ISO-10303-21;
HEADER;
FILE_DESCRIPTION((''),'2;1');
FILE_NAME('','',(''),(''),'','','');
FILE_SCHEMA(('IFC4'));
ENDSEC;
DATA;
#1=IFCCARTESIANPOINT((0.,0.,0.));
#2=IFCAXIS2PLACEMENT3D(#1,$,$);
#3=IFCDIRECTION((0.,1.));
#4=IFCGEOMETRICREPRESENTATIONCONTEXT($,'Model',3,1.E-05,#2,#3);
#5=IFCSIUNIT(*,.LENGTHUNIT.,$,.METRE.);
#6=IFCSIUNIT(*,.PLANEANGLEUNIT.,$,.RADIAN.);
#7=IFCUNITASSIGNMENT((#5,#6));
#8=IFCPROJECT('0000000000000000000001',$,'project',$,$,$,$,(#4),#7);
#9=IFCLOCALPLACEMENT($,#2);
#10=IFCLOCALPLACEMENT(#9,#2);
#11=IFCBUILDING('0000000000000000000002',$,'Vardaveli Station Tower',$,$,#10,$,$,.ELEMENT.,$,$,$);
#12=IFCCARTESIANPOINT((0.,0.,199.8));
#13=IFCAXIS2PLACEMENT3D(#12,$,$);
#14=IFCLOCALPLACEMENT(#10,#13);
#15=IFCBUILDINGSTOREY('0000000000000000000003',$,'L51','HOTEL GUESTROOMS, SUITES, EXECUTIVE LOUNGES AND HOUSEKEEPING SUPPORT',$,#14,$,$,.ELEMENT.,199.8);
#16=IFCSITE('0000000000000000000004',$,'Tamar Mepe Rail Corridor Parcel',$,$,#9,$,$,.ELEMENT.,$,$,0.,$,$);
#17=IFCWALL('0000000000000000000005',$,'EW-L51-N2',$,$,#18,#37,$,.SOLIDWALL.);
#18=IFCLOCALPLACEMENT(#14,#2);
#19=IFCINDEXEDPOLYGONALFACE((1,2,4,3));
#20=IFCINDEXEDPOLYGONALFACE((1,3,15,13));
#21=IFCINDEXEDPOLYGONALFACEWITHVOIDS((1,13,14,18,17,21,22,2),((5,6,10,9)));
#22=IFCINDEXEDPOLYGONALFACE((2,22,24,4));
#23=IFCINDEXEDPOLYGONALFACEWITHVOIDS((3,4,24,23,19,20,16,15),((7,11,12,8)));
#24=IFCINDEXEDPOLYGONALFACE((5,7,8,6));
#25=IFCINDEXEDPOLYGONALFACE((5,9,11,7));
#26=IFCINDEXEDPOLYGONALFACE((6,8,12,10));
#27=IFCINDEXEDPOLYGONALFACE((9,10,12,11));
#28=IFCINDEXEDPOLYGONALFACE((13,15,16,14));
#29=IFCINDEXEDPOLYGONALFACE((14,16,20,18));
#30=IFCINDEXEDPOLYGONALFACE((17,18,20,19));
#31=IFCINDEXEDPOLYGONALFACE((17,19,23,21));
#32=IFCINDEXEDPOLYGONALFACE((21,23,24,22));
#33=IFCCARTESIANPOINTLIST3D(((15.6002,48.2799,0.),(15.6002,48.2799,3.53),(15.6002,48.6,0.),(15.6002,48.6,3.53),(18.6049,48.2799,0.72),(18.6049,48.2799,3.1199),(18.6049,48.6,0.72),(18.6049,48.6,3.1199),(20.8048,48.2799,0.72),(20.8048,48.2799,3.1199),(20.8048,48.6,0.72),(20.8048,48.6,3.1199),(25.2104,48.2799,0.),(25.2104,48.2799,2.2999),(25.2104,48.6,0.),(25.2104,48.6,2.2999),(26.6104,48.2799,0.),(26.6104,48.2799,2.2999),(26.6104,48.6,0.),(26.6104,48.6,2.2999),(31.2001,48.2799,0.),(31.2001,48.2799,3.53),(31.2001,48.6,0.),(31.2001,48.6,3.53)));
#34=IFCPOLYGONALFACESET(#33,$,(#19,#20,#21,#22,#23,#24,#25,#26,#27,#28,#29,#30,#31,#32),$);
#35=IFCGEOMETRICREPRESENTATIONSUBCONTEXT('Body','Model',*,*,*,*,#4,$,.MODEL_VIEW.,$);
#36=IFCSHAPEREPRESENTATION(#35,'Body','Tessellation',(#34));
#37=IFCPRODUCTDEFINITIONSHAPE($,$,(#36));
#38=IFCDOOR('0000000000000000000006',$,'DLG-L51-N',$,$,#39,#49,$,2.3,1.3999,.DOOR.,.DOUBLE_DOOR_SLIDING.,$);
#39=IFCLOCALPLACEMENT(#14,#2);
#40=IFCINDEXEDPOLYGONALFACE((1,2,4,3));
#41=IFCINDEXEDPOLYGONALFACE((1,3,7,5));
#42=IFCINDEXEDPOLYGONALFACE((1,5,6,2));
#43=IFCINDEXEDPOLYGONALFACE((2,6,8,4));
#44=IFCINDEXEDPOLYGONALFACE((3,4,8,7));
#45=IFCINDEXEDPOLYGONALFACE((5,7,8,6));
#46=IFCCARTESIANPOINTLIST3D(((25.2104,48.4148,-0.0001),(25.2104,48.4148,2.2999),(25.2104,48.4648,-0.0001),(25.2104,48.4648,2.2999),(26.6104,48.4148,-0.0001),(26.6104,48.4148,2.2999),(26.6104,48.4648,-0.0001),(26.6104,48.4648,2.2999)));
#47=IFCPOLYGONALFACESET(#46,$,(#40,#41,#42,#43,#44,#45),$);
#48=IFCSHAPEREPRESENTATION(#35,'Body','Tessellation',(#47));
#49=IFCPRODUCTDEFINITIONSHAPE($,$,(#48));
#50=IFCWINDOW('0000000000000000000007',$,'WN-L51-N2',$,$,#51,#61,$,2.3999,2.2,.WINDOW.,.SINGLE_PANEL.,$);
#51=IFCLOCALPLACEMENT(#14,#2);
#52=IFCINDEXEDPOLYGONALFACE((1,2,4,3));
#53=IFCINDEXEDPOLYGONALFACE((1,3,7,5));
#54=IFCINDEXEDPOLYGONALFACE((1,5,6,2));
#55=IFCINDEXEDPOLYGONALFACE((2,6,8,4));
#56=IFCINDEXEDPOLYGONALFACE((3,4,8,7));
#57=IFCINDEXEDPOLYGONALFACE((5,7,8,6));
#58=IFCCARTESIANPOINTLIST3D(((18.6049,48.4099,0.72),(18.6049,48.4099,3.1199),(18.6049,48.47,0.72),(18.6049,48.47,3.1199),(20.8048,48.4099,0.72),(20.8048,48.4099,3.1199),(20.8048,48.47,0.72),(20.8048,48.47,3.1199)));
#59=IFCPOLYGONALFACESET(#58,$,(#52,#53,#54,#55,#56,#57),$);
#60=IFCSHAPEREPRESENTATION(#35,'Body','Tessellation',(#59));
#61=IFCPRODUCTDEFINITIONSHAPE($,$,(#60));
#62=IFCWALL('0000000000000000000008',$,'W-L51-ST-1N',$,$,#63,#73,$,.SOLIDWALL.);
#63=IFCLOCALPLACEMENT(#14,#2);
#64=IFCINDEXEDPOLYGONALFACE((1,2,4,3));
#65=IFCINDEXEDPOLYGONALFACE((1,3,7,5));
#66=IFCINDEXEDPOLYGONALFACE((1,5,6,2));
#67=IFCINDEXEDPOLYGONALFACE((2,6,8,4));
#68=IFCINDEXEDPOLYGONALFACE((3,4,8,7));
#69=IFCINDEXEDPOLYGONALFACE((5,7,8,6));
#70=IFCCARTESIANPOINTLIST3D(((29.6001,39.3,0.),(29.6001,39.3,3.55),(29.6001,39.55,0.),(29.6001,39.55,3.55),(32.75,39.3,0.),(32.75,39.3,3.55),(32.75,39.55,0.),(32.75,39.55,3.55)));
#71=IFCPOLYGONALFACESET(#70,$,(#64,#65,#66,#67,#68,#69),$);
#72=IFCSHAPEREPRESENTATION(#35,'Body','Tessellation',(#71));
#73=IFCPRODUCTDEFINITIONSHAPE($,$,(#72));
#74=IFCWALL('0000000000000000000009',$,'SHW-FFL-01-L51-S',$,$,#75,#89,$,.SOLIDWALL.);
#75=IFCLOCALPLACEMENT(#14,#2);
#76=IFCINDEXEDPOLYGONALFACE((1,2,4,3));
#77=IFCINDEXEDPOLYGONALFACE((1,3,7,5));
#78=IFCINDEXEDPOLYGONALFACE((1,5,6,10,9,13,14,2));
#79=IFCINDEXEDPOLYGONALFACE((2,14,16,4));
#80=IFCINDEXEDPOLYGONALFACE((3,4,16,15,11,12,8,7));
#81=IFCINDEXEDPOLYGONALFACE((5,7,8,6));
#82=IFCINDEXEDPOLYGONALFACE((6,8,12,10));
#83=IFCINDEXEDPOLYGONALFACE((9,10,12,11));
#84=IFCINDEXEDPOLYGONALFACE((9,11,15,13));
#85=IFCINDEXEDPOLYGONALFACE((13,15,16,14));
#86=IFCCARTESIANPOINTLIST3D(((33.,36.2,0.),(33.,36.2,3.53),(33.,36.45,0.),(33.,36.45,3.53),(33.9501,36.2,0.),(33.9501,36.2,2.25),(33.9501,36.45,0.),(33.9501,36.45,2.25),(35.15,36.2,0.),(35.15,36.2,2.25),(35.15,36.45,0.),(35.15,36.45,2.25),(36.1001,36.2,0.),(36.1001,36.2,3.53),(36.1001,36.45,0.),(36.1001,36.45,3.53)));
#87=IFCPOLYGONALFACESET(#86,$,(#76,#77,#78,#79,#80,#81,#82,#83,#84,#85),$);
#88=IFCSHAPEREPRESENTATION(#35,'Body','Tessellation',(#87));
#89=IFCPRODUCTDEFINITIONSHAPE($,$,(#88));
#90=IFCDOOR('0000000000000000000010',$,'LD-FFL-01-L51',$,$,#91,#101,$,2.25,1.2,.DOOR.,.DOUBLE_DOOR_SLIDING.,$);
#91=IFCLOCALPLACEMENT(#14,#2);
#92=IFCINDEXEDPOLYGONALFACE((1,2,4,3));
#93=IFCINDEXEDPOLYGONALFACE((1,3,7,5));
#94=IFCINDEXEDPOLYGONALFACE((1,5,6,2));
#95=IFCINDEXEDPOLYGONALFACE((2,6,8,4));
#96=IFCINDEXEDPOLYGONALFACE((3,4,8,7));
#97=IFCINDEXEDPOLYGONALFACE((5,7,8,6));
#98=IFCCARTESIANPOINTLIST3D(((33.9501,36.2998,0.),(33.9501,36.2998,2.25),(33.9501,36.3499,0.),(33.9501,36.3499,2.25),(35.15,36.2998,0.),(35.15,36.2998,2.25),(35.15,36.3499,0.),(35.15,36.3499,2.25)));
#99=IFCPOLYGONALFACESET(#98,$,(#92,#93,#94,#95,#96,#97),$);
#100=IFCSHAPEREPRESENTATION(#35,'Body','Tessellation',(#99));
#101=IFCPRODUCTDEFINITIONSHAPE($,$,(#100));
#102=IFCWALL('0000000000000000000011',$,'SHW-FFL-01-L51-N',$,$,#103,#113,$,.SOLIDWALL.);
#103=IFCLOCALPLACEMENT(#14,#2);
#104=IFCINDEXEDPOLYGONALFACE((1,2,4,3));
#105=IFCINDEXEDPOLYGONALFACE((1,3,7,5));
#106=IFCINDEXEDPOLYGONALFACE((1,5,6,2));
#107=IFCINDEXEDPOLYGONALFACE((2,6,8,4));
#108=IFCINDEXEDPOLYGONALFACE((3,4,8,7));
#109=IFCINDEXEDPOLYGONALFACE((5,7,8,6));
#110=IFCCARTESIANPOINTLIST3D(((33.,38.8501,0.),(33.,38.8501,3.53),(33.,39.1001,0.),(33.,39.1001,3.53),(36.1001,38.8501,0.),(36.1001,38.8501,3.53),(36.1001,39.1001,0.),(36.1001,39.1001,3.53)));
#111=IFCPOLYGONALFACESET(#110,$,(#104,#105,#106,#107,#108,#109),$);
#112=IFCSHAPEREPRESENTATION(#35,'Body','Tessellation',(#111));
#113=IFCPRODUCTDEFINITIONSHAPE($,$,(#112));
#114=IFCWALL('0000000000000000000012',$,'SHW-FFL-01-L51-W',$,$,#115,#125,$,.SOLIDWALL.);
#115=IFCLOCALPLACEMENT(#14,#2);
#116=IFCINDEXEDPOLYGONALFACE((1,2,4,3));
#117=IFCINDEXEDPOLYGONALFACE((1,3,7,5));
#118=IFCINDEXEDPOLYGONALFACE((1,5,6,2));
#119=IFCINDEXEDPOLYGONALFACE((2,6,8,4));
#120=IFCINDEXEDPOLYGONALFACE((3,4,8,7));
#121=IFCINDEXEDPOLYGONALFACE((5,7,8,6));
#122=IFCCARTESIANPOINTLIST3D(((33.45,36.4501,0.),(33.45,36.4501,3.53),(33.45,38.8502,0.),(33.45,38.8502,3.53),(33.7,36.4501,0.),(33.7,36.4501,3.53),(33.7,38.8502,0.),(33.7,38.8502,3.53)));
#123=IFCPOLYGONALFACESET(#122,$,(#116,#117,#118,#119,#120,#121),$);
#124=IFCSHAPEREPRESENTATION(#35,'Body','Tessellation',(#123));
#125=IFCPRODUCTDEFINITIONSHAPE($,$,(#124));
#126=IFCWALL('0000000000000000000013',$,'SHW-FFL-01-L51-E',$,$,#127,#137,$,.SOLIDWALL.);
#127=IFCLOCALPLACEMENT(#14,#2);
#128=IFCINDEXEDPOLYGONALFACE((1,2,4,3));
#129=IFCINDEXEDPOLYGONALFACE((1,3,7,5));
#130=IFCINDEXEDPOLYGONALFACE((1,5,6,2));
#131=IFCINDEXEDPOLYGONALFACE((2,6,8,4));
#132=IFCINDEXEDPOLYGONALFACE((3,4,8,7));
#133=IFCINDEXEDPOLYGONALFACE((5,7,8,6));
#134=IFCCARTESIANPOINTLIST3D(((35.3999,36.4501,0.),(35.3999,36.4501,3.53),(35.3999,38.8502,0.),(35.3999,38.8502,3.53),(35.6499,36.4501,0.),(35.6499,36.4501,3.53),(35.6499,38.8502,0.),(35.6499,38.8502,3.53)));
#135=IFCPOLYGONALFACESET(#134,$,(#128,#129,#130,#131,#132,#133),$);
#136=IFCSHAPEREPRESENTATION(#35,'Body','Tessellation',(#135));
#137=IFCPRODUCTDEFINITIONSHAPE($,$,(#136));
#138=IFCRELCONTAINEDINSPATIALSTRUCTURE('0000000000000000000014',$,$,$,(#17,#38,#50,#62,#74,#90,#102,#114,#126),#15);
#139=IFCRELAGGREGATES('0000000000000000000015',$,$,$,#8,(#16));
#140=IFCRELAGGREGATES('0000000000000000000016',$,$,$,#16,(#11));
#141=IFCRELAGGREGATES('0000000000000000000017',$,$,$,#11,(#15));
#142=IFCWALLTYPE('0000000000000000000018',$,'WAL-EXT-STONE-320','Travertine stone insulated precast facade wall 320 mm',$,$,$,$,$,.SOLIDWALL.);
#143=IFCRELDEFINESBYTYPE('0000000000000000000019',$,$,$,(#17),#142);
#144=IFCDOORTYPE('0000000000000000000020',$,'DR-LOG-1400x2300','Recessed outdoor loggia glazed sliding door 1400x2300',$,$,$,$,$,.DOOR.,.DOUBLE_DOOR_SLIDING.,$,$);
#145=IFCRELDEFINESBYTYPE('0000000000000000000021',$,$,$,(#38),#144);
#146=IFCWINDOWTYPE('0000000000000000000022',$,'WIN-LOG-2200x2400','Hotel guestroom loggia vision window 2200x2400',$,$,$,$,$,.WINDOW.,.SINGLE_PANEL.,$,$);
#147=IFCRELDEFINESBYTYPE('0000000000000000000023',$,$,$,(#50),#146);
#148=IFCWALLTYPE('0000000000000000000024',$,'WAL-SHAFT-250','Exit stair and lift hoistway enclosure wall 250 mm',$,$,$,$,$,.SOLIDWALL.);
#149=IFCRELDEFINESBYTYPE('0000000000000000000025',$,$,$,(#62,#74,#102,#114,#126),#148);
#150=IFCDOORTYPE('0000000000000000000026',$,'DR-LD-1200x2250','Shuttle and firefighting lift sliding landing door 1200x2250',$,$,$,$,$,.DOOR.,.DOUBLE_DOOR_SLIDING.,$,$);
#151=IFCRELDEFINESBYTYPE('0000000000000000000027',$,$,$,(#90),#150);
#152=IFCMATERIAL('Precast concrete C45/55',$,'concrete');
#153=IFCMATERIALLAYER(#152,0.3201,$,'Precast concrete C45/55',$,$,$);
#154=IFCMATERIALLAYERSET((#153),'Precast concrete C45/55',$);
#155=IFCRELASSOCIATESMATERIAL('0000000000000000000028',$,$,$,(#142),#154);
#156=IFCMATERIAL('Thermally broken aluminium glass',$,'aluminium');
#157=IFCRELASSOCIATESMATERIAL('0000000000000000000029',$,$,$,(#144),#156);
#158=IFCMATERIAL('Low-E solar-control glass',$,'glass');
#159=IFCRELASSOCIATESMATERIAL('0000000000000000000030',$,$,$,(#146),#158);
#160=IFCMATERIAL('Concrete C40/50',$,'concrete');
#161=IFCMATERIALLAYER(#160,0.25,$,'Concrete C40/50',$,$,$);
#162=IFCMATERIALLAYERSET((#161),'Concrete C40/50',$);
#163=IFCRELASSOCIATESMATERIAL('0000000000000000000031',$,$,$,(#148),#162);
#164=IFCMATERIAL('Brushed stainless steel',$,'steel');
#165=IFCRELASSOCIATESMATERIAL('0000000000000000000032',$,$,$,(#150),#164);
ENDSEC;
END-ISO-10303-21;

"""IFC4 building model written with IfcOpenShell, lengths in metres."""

from ifc_helpers import new_model, si_unit, direction, frame, frame_2d, origin, place, context, subcontext, project, spatial, rectangle, extrude, source, transform, mapped, material, layer, layer_set, type_object, element, fill, save


model = new_model("IFC4")

# Units and contexts
model_context = context("Model", 3, precision=1e-05, world=origin(), true_north=direction((0.0, 1.0)))
body_context = subcontext(model_context, "Body", "Model", "MODEL_VIEW")
ifc_project = project(units=[si_unit("LENGTHUNIT", "METRE"), si_unit("PLANEANGLEUNIT", "RADIAN")], contexts=[model_context])

# Site, building, storey
site_placement = place(None, origin())
site = spatial("IfcSite", under=ifc_project, at=site_placement, Name="Tamar Mepe Rail Corridor Parcel", CompositionType="ELEMENT", RefElevation=0.0)
building_placement = place(site_placement, origin())
building = spatial("IfcBuilding", under=site, at=building_placement, Name="Vardaveli Station Tower", CompositionType="ELEMENT")
storey_placement = place(building_placement, frame((0.0, 0.0, 199.8)))
storey = spatial("IfcBuildingStorey", under=building, at=storey_placement, Name="L51", Description="HOTEL GUESTROOMS, SUITES, EXECUTIVE LOUNGES AND HOUSEKEEPING SUPPORT", CompositionType="ELEMENT", Elevation=199.8)

# Shared definitions
ifc_material_1 = material(Name="Precast concrete C45/55", Category="concrete")

# Wall, openings, door, window
ifc_layer_1 = layer(ifc_material_1, 0.3201, Name="Precast concrete C45/55")
ifc_layer_set_1 = layer_set([ifc_layer_1], Name="Precast concrete C45/55")
wall_type_1 = type_object("IfcWallType", Name="WAL-EXT-STONE-320", Description="Travertine stone insulated precast facade wall 320 mm", PredefinedType="SOLIDWALL", material=ifc_layer_set_1)
shared_shape_1 = source(origin(), body_context, "Body", "SweptSolid", [
    extrude(rectangle(XDim=15.5999, YDim=0.3201, at=frame_2d((7.7998, 0.0))), origin(), (0.0, 0.0, 1.0), 3.53),
])
wall_1_placement = place(storey_placement, frame((31.2, 48.4399, 0.0), z_axis=(0.0, 0.0, 1.0), x_axis=(-1.0, 0.0, 0.0)))
wall_1 = element("IfcWall", 1, at=wall_1_placement, inside=storey, type_object=wall_type_1, Name="EW-L51-N2", PredefinedType="SOLIDWALL", context=body_context, shape_type="MappedRepresentation", body=[
    mapped(shared_shape_1, transform((0.0, 0.0, 0.0), scale=1.0)),
])
shared_shape_2 = source(origin(), body_context, "Body", "SweptSolid", [
    extrude(rectangle(XDim=1.3999, YDim=2.3, at=frame_2d((0.7, 1.1499))), frame((0.0, 0.1699, 0.0), z_axis=(0.0, -1.0, 0.0), x_axis=(1.0, 0.0, 0.0)), (0.0, 0.0, 1.0), 0.3401),
])
opening_1_placement = place(wall_1_placement, frame((4.5896, 0.0, 0.0)))
opening_1 = element("IfcOpeningElement", 2, at=opening_1_placement, cuts=wall_1, PredefinedType="OPENING", context=body_context, shape_type="MappedRepresentation", body=[
    mapped(shared_shape_2, transform((0.0, 0.0, 0.0), scale=1.0)),
])
shared_shape_3 = source(origin(), body_context, "Body", "SweptSolid", [
    extrude(rectangle(XDim=2.2, YDim=2.3999, at=frame_2d((1.1001, 1.2))), frame((0.0, 0.1699, 0.0), z_axis=(0.0, -1.0, 0.0), x_axis=(1.0, 0.0, 0.0)), (0.0, 0.0, 1.0), 0.3401),
])
opening_2_placement = place(wall_1_placement, frame((10.395, 0.0, 0.72)))
opening_2 = element("IfcOpeningElement", 3, at=opening_2_placement, cuts=wall_1, PredefinedType="OPENING", context=body_context, shape_type="MappedRepresentation", body=[
    mapped(shared_shape_3, transform((0.0, 0.0, 0.0), scale=1.0)),
])
ifc_material_2 = material(Name="Thermally broken aluminium glass", Category="aluminium")
door_type_1 = type_object("IfcDoorType", Name="DR-LOG-1400x2300", Description="Recessed outdoor loggia glazed sliding door 1400x2300", OperationType="DOUBLE_DOOR_SLIDING", PredefinedType="DOOR", material=ifc_material_2)
shared_shape_4 = source(origin(), body_context, "Body", "SweptSolid", [
    extrude(rectangle(XDim=1.3999, YDim=2.3, at=frame_2d((0.7, 1.1499))), frame((0.0, 0.0249, 0.0), z_axis=(0.0, -1.0, 0.0), x_axis=(1.0, 0.0, 0.0)), (0.0, 0.0, 1.0), 0.05),
])
door_1_placement = place(opening_1_placement, frame((1.3999, 0.0, 0.0), z_axis=(0.0, 0.0, 1.0), x_axis=(-1.0, 0.0, 0.0)))
door_1 = element("IfcDoor", 4, at=door_1_placement, inside=storey, type_object=door_type_1, Name="DLG-L51-N", OperationType="DOUBLE_DOOR_SLIDING", OverallHeight=2.3, OverallWidth=1.3999, PredefinedType="DOOR", context=body_context, shape_type="MappedRepresentation", body=[
    mapped(shared_shape_4, transform((0.0, 0.0, 0.0), scale=1.0)),
])
fill(opening_1, door_1)
ifc_material_3 = material(Name="Low-E solar-control glass", Category="glass")
window_type = type_object("IfcWindowType", Name="WIN-LOG-2200x2400", Description="Hotel guestroom loggia vision window 2200x2400", PartitioningType="SINGLE_PANEL", PredefinedType="WINDOW", material=ifc_material_3)
shared_shape_5 = source(origin(), body_context, "Body", "SweptSolid", [
    extrude(rectangle(XDim=2.2, YDim=2.3999, at=frame_2d((1.1001, 1.2))), frame((0.0, 0.03, 0.0), z_axis=(0.0, -1.0, 0.0), x_axis=(1.0, 0.0, 0.0)), (0.0, 0.0, 1.0), 0.0601),
])
window_placement = place(opening_2_placement, origin())
window = element("IfcWindow", 5, at=window_placement, inside=storey, type_object=window_type, Name="WN-L51-N2", OverallHeight=2.3999, OverallWidth=2.2, PartitioningType="SINGLE_PANEL", PredefinedType="WINDOW", context=body_context, shape_type="MappedRepresentation", body=[
    mapped(shared_shape_5, transform((0.0, 0.0, 0.0), scale=1.0)),
])
fill(opening_2, window)

# Wall
ifc_material_4 = material(Name="Concrete C40/50", Category="concrete")
ifc_layer_2 = layer(ifc_material_4, 0.25, Name="Concrete C40/50")
ifc_layer_set_2 = layer_set([ifc_layer_2], Name="Concrete C40/50")
wall_type_2 = type_object("IfcWallType", Name="WAL-SHAFT-250", Description="Exit stair and lift hoistway enclosure wall 250 mm", PredefinedType="SOLIDWALL", material=ifc_layer_set_2)
shared_shape_6 = source(origin(), body_context, "Body", "SweptSolid", [
    extrude(rectangle(XDim=3.1499, YDim=0.25, at=frame_2d((1.575, 0.0))), origin(), (0.0, 0.0, 1.0), 3.55),
])
wall_2_placement = place(storey_placement, frame((29.6001, 39.425, 0.0), z_axis=(0.0, 0.0, 1.0), x_axis=(1.0, 0.0, 0.0)))
element("IfcWall", 6, at=wall_2_placement, inside=storey, type_object=wall_type_2, Name="W-L51-ST-1N", PredefinedType="SOLIDWALL", context=body_context, shape_type="MappedRepresentation", body=[
    mapped(shared_shape_6, transform((0.0, 0.0, 0.0), scale=1.0)),
])

# Wall, opening, door
shared_shape_7 = source(origin(), body_context, "Body", "SweptSolid", [
    extrude(rectangle(XDim=3.1001, YDim=0.25, at=frame_2d((1.55, 0.0))), origin(), (0.0, 0.0, 1.0), 3.53),
])
wall_3_placement = place(storey_placement, frame((33.0, 36.325, 0.0), z_axis=(0.0, 0.0, 1.0), x_axis=(1.0, 0.0, 0.0)))
wall_3 = element("IfcWall", 7, at=wall_3_placement, inside=storey, type_object=wall_type_2, Name="SHW-FFL-01-L51-S", PredefinedType="SOLIDWALL", context=body_context, shape_type="MappedRepresentation", body=[
    mapped(shared_shape_7, transform((0.0, 0.0, 0.0), scale=1.0)),
])
shared_shape_8 = source(origin(), body_context, "Body", "SweptSolid", [
    extrude(rectangle(XDim=1.2, YDim=2.25, at=frame_2d((0.6001, 1.125))), frame((0.0, 0.135, 0.0), z_axis=(0.0, -1.0, 0.0), x_axis=(1.0, 0.0, 0.0)), (0.0, 0.0, 1.0), 0.27),
])
opening_3_placement = place(wall_3_placement, frame((0.95, 0.0, 0.0)))
opening_3 = element("IfcOpeningElement", 8, at=opening_3_placement, cuts=wall_3, PredefinedType="OPENING", context=body_context, shape_type="MappedRepresentation", body=[
    mapped(shared_shape_8, transform((0.0, 0.0, 0.0), scale=1.0)),
])
ifc_material_5 = material(Name="Brushed stainless steel", Category="steel")
door_type_2 = type_object("IfcDoorType", Name="DR-LD-1200x2250", Description="Shuttle and firefighting lift sliding landing door 1200x2250", OperationType="DOUBLE_DOOR_SLIDING", PredefinedType="DOOR", material=ifc_material_5)
shared_shape_9 = source(origin(), body_context, "Body", "SweptSolid", [
    extrude(rectangle(XDim=1.2, YDim=2.25, at=frame_2d((0.6001, 1.125))), frame((0.0, 0.0249, 0.0), z_axis=(0.0, -1.0, 0.0), x_axis=(1.0, 0.0, 0.0)), (0.0, 0.0, 1.0), 0.05),
])
door_2_placement = place(opening_3_placement, origin())
door_2 = element("IfcDoor", 9, at=door_2_placement, inside=storey, type_object=door_type_2, Name="LD-FFL-01-L51", OperationType="DOUBLE_DOOR_SLIDING", OverallHeight=2.25, OverallWidth=1.2, PredefinedType="DOOR", context=body_context, shape_type="MappedRepresentation", body=[
    mapped(shared_shape_9, transform((0.0, 0.0, 0.0), scale=1.0)),
])
fill(opening_3, door_2)

# Walls
wall_4_placement = place(storey_placement, frame((33.0, 38.9751, 0.0), z_axis=(0.0, 0.0, 1.0), x_axis=(1.0, 0.0, 0.0)))
element("IfcWall", 10, at=wall_4_placement, inside=storey, type_object=wall_type_2, Name="SHW-FFL-01-L51-N", PredefinedType="SOLIDWALL", context=body_context, shape_type="MappedRepresentation", body=[
    mapped(shared_shape_7, transform((0.0, 0.0, 0.0), scale=1.0)),
])
shared_shape_10 = source(origin(), body_context, "Body", "SweptSolid", [
    extrude(rectangle(XDim=2.4001, YDim=0.25, at=frame_2d((1.2002, 0.0))), origin(), (0.0, 0.0, 1.0), 3.53),
])
for number, where, z_axis, x_axis, name in (
    (11, (33.575, 36.45, 0.0), (0.0, 0.0, 1.0), (0.0, 1.0, 0.0), "SHW-FFL-01-L51-W"),
    (12, (35.5249, 36.45, 0.0), (0.0, 0.0, 1.0), (0.0, 1.0, 0.0), "SHW-FFL-01-L51-E"),
):
    element("IfcWall", number, at=place(storey_placement, frame(where, z_axis=z_axis, x_axis=x_axis)), inside=storey, type_object=wall_type_2, Name=name, PredefinedType="SOLIDWALL", context=body_context, shape_type="MappedRepresentation", body=[
        mapped(shared_shape_10, transform((0.0, 0.0, 0.0), scale=1.0)),
    ])

save(model, "model.ifc")
